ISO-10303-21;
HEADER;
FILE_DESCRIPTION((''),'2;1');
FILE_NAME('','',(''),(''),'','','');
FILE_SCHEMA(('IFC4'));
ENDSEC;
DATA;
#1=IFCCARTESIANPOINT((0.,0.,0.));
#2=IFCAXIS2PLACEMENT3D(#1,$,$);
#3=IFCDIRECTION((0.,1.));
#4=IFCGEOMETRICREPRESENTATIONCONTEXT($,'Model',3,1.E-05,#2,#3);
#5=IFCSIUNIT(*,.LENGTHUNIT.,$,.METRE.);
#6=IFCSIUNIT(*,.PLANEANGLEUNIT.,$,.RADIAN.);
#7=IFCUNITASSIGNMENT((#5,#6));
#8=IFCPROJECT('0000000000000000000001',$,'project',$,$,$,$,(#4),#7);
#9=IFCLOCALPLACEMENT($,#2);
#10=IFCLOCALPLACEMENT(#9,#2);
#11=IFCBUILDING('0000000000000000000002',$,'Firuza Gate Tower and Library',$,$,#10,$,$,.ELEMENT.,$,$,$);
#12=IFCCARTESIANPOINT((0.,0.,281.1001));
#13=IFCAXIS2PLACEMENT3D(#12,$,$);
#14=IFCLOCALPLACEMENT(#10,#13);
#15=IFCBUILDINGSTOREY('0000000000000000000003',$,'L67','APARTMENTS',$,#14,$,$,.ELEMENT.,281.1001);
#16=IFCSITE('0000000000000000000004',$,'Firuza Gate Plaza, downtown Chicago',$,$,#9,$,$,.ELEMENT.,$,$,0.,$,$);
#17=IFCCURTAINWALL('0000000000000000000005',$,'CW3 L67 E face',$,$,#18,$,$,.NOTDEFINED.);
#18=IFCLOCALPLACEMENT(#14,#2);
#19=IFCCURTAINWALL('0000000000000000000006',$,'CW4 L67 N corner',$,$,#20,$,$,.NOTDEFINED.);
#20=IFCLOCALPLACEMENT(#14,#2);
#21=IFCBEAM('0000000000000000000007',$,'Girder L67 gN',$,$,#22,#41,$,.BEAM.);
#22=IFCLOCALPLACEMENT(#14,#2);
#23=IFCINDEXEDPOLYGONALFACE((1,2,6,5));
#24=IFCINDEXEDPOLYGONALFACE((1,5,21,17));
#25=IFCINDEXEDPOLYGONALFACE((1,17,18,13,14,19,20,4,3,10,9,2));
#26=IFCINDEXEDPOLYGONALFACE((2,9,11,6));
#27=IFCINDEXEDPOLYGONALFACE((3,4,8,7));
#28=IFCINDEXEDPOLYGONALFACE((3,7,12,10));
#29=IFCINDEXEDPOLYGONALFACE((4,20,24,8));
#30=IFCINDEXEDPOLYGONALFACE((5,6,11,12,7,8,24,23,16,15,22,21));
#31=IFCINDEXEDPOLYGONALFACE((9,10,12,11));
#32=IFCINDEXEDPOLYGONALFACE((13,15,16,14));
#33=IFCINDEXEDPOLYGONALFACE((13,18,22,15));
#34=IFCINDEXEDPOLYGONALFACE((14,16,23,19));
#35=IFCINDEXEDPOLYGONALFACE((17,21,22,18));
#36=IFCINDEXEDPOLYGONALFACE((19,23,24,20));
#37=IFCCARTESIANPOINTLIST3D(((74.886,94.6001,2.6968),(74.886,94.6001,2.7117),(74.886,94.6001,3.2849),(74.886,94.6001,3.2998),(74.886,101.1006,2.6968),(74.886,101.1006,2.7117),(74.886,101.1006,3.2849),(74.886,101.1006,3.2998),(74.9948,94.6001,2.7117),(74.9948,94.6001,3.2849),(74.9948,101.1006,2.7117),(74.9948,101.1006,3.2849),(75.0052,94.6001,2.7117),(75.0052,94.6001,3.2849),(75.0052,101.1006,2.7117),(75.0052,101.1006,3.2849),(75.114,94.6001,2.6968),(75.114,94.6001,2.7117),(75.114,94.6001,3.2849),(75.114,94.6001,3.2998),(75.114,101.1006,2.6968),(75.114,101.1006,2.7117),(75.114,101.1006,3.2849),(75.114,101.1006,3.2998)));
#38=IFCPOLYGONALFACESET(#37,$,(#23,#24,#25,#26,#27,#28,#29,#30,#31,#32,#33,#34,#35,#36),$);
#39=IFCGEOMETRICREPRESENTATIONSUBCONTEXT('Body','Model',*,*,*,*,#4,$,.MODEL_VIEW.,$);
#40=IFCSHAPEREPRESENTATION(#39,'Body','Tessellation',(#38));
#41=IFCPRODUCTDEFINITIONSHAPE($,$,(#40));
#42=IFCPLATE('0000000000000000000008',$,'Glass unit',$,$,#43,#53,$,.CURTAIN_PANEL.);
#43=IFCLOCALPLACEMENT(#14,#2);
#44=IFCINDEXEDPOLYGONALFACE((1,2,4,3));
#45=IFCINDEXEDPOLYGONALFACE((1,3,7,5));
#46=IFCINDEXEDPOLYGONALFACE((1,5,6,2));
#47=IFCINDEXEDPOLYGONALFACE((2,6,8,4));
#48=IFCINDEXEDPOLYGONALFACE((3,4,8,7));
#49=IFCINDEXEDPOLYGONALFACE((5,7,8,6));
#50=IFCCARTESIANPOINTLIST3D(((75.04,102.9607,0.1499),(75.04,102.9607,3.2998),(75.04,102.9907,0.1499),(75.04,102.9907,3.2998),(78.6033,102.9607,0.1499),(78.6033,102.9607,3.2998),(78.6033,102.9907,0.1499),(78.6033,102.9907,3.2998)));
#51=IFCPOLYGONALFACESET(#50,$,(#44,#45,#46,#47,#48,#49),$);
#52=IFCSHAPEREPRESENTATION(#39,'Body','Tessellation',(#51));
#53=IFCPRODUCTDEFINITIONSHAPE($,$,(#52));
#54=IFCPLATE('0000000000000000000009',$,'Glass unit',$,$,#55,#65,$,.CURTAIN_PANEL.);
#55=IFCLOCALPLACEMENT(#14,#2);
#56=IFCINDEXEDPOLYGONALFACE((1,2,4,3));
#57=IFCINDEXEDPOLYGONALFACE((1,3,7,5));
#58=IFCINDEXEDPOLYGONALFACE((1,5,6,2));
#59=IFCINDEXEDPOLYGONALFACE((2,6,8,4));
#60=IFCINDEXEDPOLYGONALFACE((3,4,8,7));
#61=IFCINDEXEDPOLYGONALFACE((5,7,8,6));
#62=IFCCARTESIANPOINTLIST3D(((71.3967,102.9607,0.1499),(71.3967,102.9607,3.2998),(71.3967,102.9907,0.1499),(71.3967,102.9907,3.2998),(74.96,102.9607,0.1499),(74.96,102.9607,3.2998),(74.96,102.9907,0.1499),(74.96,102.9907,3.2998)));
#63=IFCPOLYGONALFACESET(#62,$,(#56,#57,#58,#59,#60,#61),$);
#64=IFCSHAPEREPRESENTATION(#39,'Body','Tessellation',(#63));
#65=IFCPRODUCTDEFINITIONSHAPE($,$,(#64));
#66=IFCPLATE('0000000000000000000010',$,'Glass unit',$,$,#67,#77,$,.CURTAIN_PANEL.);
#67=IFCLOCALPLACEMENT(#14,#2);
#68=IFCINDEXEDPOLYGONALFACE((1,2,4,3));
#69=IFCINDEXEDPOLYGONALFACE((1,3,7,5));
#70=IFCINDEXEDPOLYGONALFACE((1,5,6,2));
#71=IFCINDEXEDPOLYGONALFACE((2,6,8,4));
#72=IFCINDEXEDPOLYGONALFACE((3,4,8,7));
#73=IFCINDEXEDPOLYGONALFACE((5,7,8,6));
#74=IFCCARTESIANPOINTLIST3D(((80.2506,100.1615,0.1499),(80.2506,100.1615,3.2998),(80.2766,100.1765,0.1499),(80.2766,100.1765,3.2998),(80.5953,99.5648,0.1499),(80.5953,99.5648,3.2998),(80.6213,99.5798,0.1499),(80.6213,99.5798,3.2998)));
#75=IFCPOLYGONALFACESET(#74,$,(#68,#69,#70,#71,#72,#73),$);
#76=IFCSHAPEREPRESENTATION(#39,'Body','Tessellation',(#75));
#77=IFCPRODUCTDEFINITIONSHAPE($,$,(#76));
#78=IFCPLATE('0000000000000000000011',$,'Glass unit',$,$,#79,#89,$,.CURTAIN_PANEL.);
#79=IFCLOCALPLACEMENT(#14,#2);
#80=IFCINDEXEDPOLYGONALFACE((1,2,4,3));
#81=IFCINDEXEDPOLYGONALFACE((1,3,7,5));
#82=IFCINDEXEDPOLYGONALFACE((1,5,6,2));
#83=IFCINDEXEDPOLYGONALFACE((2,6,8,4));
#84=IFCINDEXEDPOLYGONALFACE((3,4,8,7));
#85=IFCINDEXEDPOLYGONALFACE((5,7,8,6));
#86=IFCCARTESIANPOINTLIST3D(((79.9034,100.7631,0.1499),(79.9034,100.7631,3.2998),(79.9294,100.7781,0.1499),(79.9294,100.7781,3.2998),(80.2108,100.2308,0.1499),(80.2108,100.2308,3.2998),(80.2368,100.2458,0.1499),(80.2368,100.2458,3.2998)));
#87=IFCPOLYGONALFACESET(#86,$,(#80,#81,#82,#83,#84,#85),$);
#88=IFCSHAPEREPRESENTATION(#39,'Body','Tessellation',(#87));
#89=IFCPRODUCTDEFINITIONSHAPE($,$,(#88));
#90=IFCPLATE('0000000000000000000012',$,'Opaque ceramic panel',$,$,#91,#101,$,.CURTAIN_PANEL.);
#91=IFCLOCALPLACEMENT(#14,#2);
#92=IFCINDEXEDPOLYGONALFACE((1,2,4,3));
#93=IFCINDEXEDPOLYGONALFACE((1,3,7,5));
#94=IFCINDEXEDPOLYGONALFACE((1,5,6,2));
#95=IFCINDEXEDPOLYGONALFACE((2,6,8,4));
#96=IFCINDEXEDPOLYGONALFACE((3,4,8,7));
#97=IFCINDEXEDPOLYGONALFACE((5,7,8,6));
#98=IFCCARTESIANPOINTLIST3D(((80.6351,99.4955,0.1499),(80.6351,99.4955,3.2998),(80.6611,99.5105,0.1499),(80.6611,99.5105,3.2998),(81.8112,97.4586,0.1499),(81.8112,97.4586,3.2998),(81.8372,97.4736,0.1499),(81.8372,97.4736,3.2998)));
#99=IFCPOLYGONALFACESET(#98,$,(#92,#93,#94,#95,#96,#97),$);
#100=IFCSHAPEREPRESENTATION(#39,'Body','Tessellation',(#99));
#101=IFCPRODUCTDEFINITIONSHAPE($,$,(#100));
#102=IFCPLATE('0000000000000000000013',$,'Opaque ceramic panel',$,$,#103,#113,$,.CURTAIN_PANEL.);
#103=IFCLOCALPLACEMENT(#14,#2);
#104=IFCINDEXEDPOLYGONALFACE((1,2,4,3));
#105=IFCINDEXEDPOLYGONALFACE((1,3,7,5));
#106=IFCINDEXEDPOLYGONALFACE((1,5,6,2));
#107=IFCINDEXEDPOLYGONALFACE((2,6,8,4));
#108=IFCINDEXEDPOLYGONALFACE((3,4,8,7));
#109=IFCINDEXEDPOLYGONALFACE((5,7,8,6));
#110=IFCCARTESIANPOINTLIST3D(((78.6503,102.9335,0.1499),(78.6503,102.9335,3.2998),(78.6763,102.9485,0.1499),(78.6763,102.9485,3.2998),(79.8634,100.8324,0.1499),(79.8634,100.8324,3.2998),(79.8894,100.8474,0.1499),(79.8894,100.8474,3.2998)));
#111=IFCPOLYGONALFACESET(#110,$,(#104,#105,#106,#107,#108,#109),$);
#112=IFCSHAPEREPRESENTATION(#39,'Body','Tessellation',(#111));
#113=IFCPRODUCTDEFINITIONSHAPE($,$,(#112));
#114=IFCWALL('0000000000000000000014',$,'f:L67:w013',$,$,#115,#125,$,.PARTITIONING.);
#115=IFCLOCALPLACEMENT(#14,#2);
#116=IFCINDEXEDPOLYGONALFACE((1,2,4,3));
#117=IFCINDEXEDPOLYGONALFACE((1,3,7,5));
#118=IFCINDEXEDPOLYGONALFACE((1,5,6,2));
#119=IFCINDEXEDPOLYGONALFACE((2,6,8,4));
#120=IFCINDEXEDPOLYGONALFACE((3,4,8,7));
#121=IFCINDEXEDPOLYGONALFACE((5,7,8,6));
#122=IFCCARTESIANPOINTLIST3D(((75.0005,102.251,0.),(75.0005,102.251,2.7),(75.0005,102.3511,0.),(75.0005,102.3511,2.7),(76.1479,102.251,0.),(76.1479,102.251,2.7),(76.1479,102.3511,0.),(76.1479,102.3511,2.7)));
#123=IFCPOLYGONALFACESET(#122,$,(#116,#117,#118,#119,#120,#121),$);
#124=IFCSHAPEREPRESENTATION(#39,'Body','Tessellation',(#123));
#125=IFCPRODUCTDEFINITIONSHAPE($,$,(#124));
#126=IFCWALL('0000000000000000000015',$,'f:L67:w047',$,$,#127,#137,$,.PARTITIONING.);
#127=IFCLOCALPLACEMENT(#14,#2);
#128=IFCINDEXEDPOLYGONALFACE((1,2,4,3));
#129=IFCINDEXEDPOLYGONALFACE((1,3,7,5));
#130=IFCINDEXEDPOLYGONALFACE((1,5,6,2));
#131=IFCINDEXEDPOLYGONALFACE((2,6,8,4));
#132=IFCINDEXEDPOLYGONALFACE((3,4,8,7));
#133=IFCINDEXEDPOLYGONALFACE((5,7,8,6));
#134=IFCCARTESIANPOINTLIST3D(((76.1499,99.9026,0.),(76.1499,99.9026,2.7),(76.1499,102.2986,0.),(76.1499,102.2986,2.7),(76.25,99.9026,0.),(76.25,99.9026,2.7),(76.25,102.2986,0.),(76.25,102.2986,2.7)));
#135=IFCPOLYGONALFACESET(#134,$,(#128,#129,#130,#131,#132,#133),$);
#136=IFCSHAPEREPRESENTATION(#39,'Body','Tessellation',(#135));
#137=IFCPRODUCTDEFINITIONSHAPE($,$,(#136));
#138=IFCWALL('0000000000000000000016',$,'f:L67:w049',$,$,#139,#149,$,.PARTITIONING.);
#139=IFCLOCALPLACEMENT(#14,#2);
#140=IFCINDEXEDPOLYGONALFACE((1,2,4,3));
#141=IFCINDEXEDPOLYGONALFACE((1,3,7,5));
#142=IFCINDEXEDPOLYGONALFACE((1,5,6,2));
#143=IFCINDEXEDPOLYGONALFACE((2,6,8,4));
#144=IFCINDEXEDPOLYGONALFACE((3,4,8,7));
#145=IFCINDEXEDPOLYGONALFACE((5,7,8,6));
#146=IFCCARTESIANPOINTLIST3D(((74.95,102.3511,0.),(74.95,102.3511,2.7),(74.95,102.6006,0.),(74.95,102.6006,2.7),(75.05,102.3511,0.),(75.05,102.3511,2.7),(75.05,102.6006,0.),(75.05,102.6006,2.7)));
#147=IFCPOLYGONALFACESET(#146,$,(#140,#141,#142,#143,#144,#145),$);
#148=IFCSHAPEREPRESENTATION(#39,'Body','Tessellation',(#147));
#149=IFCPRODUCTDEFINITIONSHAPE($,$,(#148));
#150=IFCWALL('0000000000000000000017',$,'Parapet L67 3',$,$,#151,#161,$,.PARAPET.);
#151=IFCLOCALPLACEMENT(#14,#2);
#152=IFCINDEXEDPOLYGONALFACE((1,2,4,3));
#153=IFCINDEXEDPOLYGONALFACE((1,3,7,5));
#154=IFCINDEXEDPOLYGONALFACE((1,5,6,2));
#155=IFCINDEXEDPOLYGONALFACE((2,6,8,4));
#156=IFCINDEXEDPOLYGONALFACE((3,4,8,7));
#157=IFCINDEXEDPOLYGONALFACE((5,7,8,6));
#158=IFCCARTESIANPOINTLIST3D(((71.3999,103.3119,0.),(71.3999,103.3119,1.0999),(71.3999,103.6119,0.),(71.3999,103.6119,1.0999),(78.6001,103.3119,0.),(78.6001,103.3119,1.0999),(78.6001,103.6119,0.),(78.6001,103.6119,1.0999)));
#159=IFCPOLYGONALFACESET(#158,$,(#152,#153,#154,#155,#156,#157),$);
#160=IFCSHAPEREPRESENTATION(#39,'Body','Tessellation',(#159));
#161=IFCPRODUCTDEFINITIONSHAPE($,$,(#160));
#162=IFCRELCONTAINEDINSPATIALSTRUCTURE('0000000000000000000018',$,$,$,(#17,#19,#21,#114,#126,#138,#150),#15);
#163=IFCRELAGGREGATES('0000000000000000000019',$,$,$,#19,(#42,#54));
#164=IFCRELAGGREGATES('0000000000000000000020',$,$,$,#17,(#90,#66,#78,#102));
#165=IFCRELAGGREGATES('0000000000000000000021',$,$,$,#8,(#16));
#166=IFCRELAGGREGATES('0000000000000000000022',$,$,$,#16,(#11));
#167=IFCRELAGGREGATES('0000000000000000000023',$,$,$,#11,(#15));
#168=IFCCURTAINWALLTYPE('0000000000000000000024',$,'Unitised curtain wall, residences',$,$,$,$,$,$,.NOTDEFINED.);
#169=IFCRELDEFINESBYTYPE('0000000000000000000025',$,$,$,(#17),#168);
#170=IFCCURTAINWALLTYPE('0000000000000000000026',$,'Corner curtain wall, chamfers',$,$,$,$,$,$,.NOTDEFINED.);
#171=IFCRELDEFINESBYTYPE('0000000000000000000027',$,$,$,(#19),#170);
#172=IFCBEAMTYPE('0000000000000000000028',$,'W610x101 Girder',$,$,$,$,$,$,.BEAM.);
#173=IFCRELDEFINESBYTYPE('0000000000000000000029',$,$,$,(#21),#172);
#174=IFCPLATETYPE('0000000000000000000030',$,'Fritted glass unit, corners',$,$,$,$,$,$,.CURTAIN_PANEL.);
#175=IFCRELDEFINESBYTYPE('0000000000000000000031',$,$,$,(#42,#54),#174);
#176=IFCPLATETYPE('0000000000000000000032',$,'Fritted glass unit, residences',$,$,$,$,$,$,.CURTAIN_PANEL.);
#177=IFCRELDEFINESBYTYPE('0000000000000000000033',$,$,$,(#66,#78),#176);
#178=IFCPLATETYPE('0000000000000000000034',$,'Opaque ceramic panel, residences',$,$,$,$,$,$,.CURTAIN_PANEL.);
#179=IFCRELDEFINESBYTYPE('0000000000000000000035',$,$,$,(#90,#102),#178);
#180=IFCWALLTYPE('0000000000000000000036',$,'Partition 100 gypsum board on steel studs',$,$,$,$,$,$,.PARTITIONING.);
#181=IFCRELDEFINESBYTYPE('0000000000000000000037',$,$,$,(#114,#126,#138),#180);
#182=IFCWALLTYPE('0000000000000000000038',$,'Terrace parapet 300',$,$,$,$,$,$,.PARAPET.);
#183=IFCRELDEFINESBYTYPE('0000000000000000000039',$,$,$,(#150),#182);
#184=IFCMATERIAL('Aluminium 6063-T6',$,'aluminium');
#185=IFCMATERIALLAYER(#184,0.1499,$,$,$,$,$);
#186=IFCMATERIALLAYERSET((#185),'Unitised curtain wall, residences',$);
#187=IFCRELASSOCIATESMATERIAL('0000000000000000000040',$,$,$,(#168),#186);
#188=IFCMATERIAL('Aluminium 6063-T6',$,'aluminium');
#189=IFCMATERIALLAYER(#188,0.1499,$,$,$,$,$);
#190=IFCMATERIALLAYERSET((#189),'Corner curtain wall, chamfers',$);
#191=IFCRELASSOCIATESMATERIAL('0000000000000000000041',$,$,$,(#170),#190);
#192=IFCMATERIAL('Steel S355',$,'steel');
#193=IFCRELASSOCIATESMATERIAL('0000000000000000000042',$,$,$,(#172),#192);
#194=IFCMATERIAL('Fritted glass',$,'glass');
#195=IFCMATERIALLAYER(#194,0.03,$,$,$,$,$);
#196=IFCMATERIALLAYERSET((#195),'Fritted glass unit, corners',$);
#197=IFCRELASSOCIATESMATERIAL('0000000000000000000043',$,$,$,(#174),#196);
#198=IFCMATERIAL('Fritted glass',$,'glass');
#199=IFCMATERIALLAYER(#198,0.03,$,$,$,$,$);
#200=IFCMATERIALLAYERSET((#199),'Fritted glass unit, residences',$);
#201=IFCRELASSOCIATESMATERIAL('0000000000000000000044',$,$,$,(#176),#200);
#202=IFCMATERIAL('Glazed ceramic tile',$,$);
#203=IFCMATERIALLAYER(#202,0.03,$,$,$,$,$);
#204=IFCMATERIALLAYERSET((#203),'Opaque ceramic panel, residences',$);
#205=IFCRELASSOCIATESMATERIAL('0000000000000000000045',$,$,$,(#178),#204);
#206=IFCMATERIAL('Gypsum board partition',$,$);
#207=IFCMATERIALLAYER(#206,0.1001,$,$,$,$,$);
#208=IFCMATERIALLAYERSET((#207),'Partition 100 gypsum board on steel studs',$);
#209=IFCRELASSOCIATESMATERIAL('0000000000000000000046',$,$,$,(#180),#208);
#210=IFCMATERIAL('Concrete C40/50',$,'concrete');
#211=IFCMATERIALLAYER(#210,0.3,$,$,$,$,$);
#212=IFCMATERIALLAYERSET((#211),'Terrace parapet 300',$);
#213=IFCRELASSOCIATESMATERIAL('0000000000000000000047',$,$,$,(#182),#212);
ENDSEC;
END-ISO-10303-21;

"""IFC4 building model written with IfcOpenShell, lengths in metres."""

from ifc_helpers import new_model, si_unit, direction, frame, frame_2d, origin, origin_2d, place, context, subcontext, project, spatial, polyline, rectangle, i_section, outline, extrude, material, layer, layer_set, material_profile, profile_set, type_object, element, aggregate, save


model = new_model("IFC4")

# Units and contexts
model_context = context("Model", 3, precision=1e-05, world=origin(), true_north=direction((0.0, 1.0)))
body_context = subcontext(model_context, "Body", "Model", "MODEL_VIEW")
ifc_project = project(units=[si_unit("LENGTHUNIT", "METRE"), si_unit("PLANEANGLEUNIT", "RADIAN")], contexts=[model_context])

# Site, building, storey
site_placement = place(None, origin())
site = spatial("IfcSite", under=ifc_project, at=site_placement, Name="Firuza Gate Plaza, downtown Chicago", CompositionType="ELEMENT", RefElevation=0.0)
building_placement = place(site_placement, origin())
building = spatial("IfcBuilding", under=site, at=building_placement, Name="Firuza Gate Tower and Library", CompositionType="ELEMENT")
storey_placement = place(building_placement, frame((0.0, 0.0, 281.1001)))
storey = spatial("IfcBuildingStorey", under=building, at=storey_placement, Name="L67", Description="APARTMENTS", CompositionType="ELEMENT", Elevation=281.1001)

# Curtain walls
ifc_material_1 = material(Name="Aluminium 6063-T6", Category="aluminium")
ifc_layer_1 = layer(ifc_material_1, 0.1499)
ifc_layer_set_1 = layer_set([ifc_layer_1], Name="Unitised curtain wall, residences")
curtain_wall_type_1 = type_object("IfcCurtainWallType", Name="Unitised curtain wall, residences", PredefinedType="NOTDEFINED", material=ifc_layer_set_1)
placement = place(storey_placement, origin())
curtain_wall_1 = element("IfcCurtainWall", 1, at=placement, inside=storey, type_object=curtain_wall_type_1, Name="CW3 L67 E face", PredefinedType="NOTDEFINED")
ifc_material_2 = material(Name="Aluminium 6063-T6", Category="aluminium")
ifc_layer_2 = layer(ifc_material_2, 0.1499)
ifc_layer_set_2 = layer_set([ifc_layer_2], Name="Corner curtain wall, chamfers")
curtain_wall_type_2 = type_object("IfcCurtainWallType", Name="Corner curtain wall, chamfers", PredefinedType="NOTDEFINED", material=ifc_layer_set_2)
curtain_wall_2 = element("IfcCurtainWall", 2, at=placement, inside=storey, type_object=curtain_wall_type_2, Name="CW4 L67 N corner", PredefinedType="NOTDEFINED")

# Beam
ifc_material_3 = material(Name="Steel S355", Category="steel")
ifc_material_profile_1 = material_profile(ifc_material_3, i_section(OverallWidth=0.228, OverallDepth=0.603, WebThickness=0.0105, FlangeThickness=0.0149, at=origin_2d()))
ifc_profile_set_1 = profile_set([ifc_material_profile_1], Name="Steel S355")
beam_type_1 = type_object("IfcBeamType", Name="W610x101 Girder", PredefinedType="BEAM", material=ifc_profile_set_1)
beam_1_placement = place(storey_placement, frame((75.0, 101.1006, 2.9983), z_axis=(0.0, -1.0, 0.0), x_axis=(1.0, 0.0, 0.0)))
element("IfcBeam", 3, at=beam_1_placement, inside=storey, type_object=beam_type_1, Name="Girder L67 gN", PredefinedType="BEAM", context=body_context, shape_type="SweptSolid", body=[
    extrude(i_section(OverallWidth=0.228, OverallDepth=0.603, WebThickness=0.0105, FlangeThickness=0.0149, at=origin_2d()), origin(), (0.0, 0.0, 1.0), 6.5005),
])

# Plates
ifc_material_4 = material(Name="Fritted glass", Category="glass")
ifc_layer_3 = layer(ifc_material_4, 0.03)
ifc_layer_set_3 = layer_set([ifc_layer_3], Name="Fritted glass unit, corners")
plate_type_1 = type_object("IfcPlateType", Name="Fritted glass unit, corners", PredefinedType="CURTAIN_PANEL", material=ifc_layer_set_3)
plate_1_placement = place(storey_placement, frame((78.6033, 102.9907, 0.1499), z_axis=(0.0, 1.0, 0.0), x_axis=(-1.0, 0.0, 0.0)))
plate_1 = element("IfcPlate", 4, at=plate_1_placement, type_object=plate_type_1, Name="Glass unit", PredefinedType="CURTAIN_PANEL", context=body_context, shape_type="SweptSolid", body=[
    extrude(outline(polyline([(0.0, 0.0), (3.5632, 0.0), (3.5632, 3.1499), (0.0, 3.1499), (0.0, 0.0)])), origin(), (0.0, 0.0, -1.0), 0.03),
])
plate_2_placement = place(storey_placement, frame((74.96, 102.9907, 0.1499), z_axis=(0.0, 1.0, 0.0), x_axis=(-1.0, 0.0, 0.0)))
plate_2 = element("IfcPlate", 5, at=plate_2_placement, type_object=plate_type_1, Name="Glass unit", PredefinedType="CURTAIN_PANEL", context=body_context, shape_type="SweptSolid", body=[
    extrude(outline(polyline([(0.0, 0.0), (3.5632, 0.0), (3.5632, 3.1499), (0.0, 3.1499), (0.0, 0.0)])), origin(), (0.0, 0.0, -1.0), 0.03),
])
aggregate(curtain_wall_2, [plate_1, plate_2])
ifc_material_5 = material(Name="Fritted glass", Category="glass")
ifc_layer_4 = layer(ifc_material_5, 0.03)
ifc_layer_set_4 = layer_set([ifc_layer_4], Name="Fritted glass unit, residences")
plate_type_2 = type_object("IfcPlateType", Name="Fritted glass unit, residences", PredefinedType="CURTAIN_PANEL", material=ifc_layer_set_4)
plate_3_placement = place(storey_placement, frame((80.6213, 99.5798, 0.1499), z_axis=(0.865879, 0.500254, 0.0), x_axis=(-0.500254, 0.865879, 0.0)))
plate_3 = element("IfcPlate", 6, at=plate_3_placement, type_object=plate_type_2, Name="Glass unit", PredefinedType="CURTAIN_PANEL", context=body_context, shape_type="SweptSolid", body=[
    extrude(outline(polyline([(0.0, 0.0), (0.6891, 0.0), (0.6891, 3.1499), (0.0, 3.1499), (0.0, 0.0)])), origin(), (0.0, 0.0, -1.0), 0.03),
])
plate_4_placement = place(storey_placement, frame((80.2368, 100.2458, 0.1499), z_axis=(0.865961, 0.500112, 0.0), x_axis=(-0.500112, 0.865961, 0.0)))
plate_4 = element("IfcPlate", 7, at=plate_4_placement, type_object=plate_type_2, Name="Glass unit", PredefinedType="CURTAIN_PANEL", context=body_context, shape_type="SweptSolid", body=[
    extrude(outline(polyline([(0.0, 0.0), (0.6146, 0.0), (0.6146, 3.1499), (0.0, 3.1499), (0.0, 0.0)])), origin(), (0.0, 0.0, -1.0), 0.03),
])
ifc_material_6 = material(Name="Glazed ceramic tile")
ifc_layer_5 = layer(ifc_material_6, 0.03)
ifc_layer_set_5 = layer_set([ifc_layer_5], Name="Opaque ceramic panel, residences")
plate_type_3 = type_object("IfcPlateType", Name="Opaque ceramic panel, residences", PredefinedType="CURTAIN_PANEL", material=ifc_layer_set_5)
plate_5_placement = place(storey_placement, frame((81.8372, 97.4736, 0.1499), z_axis=(0.866018, 0.500013, 0.0), x_axis=(-0.500013, 0.866018, 0.0)))
plate_5 = element("IfcPlate", 8, at=plate_5_placement, type_object=plate_type_3, Name="Opaque ceramic panel", PredefinedType="CURTAIN_PANEL", context=body_context, shape_type="SweptSolid", body=[
    extrude(outline(polyline([(0.0, 0.0), (2.352, 0.0), (2.352, 3.1499), (0.0, 3.1499), (0.0, 0.0)])), origin(), (0.0, 0.0, -1.0), 0.03),
])
plate_6_placement = place(storey_placement, frame((79.8894, 100.8474, 0.1499), z_axis=(0.866011, 0.500024, 0.0), x_axis=(-0.500024, 0.866011, 0.0)))
plate_6 = element("IfcPlate", 9, at=plate_6_placement, type_object=plate_type_3, Name="Opaque ceramic panel", PredefinedType="CURTAIN_PANEL", context=body_context, shape_type="SweptSolid", body=[
    extrude(outline(polyline([(0.0, 0.0), (2.4262, 0.0), (2.4262, 3.1499), (0.0, 3.1499), (0.0, 0.0)])), origin(), (0.0, 0.0, -1.0), 0.03),
])
aggregate(curtain_wall_1, [plate_5, plate_3, plate_4, plate_6])

# Walls
ifc_material_7 = material(Name="Gypsum board partition")
ifc_layer_6 = layer(ifc_material_7, 0.1001)
ifc_layer_set_6 = layer_set([ifc_layer_6], Name="Partition 100 gypsum board on steel studs")
wall_type_1 = type_object("IfcWallType", Name="Partition 100 gypsum board on steel studs", PredefinedType="PARTITIONING", material=ifc_layer_set_6)
wall_1_placement = place(storey_placement, frame((75.0005, 102.301, 0.0), z_axis=(0.0, 0.0, 1.0), x_axis=(1.0, 0.0, 0.0)))
element("IfcWall", 10, at=wall_1_placement, inside=storey, type_object=wall_type_1, Name="f:L67:w013", PredefinedType="PARTITIONING", context=body_context, shape_type="SweptSolid", body=[
    extrude(rectangle(XDim=1.1475, YDim=0.1001, at=frame_2d((0.5737, 0.0))), origin(), (0.0, 0.0, 1.0), 2.7),
])
wall_2_placement = place(storey_placement, frame((76.2, 99.9026, 0.0), z_axis=(0.0, 0.0, 1.0), x_axis=(0.0, 1.0, 0.0)))
element("IfcWall", 11, at=wall_2_placement, inside=storey, type_object=wall_type_1, Name="f:L67:w047", PredefinedType="PARTITIONING", context=body_context, shape_type="SweptSolid", body=[
    extrude(rectangle(XDim=2.396, YDim=0.1001, at=frame_2d((1.198, 0.0))), origin(), (0.0, 0.0, 1.0), 2.7),
])
wall_3_placement = place(storey_placement, frame((75.0, 102.3511, 0.0), z_axis=(0.0, 0.0, 1.0), x_axis=(0.0, 1.0, 0.0)))
element("IfcWall", 12, at=wall_3_placement, inside=storey, type_object=wall_type_1, Name="f:L67:w049", PredefinedType="PARTITIONING", context=body_context, shape_type="SweptSolid", body=[
    extrude(rectangle(XDim=0.2495, YDim=0.1001, at=frame_2d((0.1248, 0.0))), origin(), (0.0, 0.0, 1.0), 2.7),
])
ifc_material_8 = material(Name="Concrete C40/50", Category="concrete")
ifc_layer_7 = layer(ifc_material_8, 0.3)
ifc_layer_set_7 = layer_set([ifc_layer_7], Name="Terrace parapet 300")
wall_type_2 = type_object("IfcWallType", Name="Terrace parapet 300", PredefinedType="PARAPET", material=ifc_layer_set_7)
wall_4_placement = place(storey_placement, frame((78.6001, 103.4619, 0.0), z_axis=(0.0, 0.0, 1.0), x_axis=(-1.0, 0.0, 0.0)))
element("IfcWall", 13, at=wall_4_placement, inside=storey, type_object=wall_type_2, Name="Parapet L67 3", PredefinedType="PARAPET", context=body_context, shape_type="SweptSolid", body=[
    extrude(rectangle(XDim=7.2002, YDim=0.3, at=frame_2d((3.6001, 0.0))), origin(), (0.0, 0.0, 1.0), 1.0999),
])

save(model, "model.ifc")
